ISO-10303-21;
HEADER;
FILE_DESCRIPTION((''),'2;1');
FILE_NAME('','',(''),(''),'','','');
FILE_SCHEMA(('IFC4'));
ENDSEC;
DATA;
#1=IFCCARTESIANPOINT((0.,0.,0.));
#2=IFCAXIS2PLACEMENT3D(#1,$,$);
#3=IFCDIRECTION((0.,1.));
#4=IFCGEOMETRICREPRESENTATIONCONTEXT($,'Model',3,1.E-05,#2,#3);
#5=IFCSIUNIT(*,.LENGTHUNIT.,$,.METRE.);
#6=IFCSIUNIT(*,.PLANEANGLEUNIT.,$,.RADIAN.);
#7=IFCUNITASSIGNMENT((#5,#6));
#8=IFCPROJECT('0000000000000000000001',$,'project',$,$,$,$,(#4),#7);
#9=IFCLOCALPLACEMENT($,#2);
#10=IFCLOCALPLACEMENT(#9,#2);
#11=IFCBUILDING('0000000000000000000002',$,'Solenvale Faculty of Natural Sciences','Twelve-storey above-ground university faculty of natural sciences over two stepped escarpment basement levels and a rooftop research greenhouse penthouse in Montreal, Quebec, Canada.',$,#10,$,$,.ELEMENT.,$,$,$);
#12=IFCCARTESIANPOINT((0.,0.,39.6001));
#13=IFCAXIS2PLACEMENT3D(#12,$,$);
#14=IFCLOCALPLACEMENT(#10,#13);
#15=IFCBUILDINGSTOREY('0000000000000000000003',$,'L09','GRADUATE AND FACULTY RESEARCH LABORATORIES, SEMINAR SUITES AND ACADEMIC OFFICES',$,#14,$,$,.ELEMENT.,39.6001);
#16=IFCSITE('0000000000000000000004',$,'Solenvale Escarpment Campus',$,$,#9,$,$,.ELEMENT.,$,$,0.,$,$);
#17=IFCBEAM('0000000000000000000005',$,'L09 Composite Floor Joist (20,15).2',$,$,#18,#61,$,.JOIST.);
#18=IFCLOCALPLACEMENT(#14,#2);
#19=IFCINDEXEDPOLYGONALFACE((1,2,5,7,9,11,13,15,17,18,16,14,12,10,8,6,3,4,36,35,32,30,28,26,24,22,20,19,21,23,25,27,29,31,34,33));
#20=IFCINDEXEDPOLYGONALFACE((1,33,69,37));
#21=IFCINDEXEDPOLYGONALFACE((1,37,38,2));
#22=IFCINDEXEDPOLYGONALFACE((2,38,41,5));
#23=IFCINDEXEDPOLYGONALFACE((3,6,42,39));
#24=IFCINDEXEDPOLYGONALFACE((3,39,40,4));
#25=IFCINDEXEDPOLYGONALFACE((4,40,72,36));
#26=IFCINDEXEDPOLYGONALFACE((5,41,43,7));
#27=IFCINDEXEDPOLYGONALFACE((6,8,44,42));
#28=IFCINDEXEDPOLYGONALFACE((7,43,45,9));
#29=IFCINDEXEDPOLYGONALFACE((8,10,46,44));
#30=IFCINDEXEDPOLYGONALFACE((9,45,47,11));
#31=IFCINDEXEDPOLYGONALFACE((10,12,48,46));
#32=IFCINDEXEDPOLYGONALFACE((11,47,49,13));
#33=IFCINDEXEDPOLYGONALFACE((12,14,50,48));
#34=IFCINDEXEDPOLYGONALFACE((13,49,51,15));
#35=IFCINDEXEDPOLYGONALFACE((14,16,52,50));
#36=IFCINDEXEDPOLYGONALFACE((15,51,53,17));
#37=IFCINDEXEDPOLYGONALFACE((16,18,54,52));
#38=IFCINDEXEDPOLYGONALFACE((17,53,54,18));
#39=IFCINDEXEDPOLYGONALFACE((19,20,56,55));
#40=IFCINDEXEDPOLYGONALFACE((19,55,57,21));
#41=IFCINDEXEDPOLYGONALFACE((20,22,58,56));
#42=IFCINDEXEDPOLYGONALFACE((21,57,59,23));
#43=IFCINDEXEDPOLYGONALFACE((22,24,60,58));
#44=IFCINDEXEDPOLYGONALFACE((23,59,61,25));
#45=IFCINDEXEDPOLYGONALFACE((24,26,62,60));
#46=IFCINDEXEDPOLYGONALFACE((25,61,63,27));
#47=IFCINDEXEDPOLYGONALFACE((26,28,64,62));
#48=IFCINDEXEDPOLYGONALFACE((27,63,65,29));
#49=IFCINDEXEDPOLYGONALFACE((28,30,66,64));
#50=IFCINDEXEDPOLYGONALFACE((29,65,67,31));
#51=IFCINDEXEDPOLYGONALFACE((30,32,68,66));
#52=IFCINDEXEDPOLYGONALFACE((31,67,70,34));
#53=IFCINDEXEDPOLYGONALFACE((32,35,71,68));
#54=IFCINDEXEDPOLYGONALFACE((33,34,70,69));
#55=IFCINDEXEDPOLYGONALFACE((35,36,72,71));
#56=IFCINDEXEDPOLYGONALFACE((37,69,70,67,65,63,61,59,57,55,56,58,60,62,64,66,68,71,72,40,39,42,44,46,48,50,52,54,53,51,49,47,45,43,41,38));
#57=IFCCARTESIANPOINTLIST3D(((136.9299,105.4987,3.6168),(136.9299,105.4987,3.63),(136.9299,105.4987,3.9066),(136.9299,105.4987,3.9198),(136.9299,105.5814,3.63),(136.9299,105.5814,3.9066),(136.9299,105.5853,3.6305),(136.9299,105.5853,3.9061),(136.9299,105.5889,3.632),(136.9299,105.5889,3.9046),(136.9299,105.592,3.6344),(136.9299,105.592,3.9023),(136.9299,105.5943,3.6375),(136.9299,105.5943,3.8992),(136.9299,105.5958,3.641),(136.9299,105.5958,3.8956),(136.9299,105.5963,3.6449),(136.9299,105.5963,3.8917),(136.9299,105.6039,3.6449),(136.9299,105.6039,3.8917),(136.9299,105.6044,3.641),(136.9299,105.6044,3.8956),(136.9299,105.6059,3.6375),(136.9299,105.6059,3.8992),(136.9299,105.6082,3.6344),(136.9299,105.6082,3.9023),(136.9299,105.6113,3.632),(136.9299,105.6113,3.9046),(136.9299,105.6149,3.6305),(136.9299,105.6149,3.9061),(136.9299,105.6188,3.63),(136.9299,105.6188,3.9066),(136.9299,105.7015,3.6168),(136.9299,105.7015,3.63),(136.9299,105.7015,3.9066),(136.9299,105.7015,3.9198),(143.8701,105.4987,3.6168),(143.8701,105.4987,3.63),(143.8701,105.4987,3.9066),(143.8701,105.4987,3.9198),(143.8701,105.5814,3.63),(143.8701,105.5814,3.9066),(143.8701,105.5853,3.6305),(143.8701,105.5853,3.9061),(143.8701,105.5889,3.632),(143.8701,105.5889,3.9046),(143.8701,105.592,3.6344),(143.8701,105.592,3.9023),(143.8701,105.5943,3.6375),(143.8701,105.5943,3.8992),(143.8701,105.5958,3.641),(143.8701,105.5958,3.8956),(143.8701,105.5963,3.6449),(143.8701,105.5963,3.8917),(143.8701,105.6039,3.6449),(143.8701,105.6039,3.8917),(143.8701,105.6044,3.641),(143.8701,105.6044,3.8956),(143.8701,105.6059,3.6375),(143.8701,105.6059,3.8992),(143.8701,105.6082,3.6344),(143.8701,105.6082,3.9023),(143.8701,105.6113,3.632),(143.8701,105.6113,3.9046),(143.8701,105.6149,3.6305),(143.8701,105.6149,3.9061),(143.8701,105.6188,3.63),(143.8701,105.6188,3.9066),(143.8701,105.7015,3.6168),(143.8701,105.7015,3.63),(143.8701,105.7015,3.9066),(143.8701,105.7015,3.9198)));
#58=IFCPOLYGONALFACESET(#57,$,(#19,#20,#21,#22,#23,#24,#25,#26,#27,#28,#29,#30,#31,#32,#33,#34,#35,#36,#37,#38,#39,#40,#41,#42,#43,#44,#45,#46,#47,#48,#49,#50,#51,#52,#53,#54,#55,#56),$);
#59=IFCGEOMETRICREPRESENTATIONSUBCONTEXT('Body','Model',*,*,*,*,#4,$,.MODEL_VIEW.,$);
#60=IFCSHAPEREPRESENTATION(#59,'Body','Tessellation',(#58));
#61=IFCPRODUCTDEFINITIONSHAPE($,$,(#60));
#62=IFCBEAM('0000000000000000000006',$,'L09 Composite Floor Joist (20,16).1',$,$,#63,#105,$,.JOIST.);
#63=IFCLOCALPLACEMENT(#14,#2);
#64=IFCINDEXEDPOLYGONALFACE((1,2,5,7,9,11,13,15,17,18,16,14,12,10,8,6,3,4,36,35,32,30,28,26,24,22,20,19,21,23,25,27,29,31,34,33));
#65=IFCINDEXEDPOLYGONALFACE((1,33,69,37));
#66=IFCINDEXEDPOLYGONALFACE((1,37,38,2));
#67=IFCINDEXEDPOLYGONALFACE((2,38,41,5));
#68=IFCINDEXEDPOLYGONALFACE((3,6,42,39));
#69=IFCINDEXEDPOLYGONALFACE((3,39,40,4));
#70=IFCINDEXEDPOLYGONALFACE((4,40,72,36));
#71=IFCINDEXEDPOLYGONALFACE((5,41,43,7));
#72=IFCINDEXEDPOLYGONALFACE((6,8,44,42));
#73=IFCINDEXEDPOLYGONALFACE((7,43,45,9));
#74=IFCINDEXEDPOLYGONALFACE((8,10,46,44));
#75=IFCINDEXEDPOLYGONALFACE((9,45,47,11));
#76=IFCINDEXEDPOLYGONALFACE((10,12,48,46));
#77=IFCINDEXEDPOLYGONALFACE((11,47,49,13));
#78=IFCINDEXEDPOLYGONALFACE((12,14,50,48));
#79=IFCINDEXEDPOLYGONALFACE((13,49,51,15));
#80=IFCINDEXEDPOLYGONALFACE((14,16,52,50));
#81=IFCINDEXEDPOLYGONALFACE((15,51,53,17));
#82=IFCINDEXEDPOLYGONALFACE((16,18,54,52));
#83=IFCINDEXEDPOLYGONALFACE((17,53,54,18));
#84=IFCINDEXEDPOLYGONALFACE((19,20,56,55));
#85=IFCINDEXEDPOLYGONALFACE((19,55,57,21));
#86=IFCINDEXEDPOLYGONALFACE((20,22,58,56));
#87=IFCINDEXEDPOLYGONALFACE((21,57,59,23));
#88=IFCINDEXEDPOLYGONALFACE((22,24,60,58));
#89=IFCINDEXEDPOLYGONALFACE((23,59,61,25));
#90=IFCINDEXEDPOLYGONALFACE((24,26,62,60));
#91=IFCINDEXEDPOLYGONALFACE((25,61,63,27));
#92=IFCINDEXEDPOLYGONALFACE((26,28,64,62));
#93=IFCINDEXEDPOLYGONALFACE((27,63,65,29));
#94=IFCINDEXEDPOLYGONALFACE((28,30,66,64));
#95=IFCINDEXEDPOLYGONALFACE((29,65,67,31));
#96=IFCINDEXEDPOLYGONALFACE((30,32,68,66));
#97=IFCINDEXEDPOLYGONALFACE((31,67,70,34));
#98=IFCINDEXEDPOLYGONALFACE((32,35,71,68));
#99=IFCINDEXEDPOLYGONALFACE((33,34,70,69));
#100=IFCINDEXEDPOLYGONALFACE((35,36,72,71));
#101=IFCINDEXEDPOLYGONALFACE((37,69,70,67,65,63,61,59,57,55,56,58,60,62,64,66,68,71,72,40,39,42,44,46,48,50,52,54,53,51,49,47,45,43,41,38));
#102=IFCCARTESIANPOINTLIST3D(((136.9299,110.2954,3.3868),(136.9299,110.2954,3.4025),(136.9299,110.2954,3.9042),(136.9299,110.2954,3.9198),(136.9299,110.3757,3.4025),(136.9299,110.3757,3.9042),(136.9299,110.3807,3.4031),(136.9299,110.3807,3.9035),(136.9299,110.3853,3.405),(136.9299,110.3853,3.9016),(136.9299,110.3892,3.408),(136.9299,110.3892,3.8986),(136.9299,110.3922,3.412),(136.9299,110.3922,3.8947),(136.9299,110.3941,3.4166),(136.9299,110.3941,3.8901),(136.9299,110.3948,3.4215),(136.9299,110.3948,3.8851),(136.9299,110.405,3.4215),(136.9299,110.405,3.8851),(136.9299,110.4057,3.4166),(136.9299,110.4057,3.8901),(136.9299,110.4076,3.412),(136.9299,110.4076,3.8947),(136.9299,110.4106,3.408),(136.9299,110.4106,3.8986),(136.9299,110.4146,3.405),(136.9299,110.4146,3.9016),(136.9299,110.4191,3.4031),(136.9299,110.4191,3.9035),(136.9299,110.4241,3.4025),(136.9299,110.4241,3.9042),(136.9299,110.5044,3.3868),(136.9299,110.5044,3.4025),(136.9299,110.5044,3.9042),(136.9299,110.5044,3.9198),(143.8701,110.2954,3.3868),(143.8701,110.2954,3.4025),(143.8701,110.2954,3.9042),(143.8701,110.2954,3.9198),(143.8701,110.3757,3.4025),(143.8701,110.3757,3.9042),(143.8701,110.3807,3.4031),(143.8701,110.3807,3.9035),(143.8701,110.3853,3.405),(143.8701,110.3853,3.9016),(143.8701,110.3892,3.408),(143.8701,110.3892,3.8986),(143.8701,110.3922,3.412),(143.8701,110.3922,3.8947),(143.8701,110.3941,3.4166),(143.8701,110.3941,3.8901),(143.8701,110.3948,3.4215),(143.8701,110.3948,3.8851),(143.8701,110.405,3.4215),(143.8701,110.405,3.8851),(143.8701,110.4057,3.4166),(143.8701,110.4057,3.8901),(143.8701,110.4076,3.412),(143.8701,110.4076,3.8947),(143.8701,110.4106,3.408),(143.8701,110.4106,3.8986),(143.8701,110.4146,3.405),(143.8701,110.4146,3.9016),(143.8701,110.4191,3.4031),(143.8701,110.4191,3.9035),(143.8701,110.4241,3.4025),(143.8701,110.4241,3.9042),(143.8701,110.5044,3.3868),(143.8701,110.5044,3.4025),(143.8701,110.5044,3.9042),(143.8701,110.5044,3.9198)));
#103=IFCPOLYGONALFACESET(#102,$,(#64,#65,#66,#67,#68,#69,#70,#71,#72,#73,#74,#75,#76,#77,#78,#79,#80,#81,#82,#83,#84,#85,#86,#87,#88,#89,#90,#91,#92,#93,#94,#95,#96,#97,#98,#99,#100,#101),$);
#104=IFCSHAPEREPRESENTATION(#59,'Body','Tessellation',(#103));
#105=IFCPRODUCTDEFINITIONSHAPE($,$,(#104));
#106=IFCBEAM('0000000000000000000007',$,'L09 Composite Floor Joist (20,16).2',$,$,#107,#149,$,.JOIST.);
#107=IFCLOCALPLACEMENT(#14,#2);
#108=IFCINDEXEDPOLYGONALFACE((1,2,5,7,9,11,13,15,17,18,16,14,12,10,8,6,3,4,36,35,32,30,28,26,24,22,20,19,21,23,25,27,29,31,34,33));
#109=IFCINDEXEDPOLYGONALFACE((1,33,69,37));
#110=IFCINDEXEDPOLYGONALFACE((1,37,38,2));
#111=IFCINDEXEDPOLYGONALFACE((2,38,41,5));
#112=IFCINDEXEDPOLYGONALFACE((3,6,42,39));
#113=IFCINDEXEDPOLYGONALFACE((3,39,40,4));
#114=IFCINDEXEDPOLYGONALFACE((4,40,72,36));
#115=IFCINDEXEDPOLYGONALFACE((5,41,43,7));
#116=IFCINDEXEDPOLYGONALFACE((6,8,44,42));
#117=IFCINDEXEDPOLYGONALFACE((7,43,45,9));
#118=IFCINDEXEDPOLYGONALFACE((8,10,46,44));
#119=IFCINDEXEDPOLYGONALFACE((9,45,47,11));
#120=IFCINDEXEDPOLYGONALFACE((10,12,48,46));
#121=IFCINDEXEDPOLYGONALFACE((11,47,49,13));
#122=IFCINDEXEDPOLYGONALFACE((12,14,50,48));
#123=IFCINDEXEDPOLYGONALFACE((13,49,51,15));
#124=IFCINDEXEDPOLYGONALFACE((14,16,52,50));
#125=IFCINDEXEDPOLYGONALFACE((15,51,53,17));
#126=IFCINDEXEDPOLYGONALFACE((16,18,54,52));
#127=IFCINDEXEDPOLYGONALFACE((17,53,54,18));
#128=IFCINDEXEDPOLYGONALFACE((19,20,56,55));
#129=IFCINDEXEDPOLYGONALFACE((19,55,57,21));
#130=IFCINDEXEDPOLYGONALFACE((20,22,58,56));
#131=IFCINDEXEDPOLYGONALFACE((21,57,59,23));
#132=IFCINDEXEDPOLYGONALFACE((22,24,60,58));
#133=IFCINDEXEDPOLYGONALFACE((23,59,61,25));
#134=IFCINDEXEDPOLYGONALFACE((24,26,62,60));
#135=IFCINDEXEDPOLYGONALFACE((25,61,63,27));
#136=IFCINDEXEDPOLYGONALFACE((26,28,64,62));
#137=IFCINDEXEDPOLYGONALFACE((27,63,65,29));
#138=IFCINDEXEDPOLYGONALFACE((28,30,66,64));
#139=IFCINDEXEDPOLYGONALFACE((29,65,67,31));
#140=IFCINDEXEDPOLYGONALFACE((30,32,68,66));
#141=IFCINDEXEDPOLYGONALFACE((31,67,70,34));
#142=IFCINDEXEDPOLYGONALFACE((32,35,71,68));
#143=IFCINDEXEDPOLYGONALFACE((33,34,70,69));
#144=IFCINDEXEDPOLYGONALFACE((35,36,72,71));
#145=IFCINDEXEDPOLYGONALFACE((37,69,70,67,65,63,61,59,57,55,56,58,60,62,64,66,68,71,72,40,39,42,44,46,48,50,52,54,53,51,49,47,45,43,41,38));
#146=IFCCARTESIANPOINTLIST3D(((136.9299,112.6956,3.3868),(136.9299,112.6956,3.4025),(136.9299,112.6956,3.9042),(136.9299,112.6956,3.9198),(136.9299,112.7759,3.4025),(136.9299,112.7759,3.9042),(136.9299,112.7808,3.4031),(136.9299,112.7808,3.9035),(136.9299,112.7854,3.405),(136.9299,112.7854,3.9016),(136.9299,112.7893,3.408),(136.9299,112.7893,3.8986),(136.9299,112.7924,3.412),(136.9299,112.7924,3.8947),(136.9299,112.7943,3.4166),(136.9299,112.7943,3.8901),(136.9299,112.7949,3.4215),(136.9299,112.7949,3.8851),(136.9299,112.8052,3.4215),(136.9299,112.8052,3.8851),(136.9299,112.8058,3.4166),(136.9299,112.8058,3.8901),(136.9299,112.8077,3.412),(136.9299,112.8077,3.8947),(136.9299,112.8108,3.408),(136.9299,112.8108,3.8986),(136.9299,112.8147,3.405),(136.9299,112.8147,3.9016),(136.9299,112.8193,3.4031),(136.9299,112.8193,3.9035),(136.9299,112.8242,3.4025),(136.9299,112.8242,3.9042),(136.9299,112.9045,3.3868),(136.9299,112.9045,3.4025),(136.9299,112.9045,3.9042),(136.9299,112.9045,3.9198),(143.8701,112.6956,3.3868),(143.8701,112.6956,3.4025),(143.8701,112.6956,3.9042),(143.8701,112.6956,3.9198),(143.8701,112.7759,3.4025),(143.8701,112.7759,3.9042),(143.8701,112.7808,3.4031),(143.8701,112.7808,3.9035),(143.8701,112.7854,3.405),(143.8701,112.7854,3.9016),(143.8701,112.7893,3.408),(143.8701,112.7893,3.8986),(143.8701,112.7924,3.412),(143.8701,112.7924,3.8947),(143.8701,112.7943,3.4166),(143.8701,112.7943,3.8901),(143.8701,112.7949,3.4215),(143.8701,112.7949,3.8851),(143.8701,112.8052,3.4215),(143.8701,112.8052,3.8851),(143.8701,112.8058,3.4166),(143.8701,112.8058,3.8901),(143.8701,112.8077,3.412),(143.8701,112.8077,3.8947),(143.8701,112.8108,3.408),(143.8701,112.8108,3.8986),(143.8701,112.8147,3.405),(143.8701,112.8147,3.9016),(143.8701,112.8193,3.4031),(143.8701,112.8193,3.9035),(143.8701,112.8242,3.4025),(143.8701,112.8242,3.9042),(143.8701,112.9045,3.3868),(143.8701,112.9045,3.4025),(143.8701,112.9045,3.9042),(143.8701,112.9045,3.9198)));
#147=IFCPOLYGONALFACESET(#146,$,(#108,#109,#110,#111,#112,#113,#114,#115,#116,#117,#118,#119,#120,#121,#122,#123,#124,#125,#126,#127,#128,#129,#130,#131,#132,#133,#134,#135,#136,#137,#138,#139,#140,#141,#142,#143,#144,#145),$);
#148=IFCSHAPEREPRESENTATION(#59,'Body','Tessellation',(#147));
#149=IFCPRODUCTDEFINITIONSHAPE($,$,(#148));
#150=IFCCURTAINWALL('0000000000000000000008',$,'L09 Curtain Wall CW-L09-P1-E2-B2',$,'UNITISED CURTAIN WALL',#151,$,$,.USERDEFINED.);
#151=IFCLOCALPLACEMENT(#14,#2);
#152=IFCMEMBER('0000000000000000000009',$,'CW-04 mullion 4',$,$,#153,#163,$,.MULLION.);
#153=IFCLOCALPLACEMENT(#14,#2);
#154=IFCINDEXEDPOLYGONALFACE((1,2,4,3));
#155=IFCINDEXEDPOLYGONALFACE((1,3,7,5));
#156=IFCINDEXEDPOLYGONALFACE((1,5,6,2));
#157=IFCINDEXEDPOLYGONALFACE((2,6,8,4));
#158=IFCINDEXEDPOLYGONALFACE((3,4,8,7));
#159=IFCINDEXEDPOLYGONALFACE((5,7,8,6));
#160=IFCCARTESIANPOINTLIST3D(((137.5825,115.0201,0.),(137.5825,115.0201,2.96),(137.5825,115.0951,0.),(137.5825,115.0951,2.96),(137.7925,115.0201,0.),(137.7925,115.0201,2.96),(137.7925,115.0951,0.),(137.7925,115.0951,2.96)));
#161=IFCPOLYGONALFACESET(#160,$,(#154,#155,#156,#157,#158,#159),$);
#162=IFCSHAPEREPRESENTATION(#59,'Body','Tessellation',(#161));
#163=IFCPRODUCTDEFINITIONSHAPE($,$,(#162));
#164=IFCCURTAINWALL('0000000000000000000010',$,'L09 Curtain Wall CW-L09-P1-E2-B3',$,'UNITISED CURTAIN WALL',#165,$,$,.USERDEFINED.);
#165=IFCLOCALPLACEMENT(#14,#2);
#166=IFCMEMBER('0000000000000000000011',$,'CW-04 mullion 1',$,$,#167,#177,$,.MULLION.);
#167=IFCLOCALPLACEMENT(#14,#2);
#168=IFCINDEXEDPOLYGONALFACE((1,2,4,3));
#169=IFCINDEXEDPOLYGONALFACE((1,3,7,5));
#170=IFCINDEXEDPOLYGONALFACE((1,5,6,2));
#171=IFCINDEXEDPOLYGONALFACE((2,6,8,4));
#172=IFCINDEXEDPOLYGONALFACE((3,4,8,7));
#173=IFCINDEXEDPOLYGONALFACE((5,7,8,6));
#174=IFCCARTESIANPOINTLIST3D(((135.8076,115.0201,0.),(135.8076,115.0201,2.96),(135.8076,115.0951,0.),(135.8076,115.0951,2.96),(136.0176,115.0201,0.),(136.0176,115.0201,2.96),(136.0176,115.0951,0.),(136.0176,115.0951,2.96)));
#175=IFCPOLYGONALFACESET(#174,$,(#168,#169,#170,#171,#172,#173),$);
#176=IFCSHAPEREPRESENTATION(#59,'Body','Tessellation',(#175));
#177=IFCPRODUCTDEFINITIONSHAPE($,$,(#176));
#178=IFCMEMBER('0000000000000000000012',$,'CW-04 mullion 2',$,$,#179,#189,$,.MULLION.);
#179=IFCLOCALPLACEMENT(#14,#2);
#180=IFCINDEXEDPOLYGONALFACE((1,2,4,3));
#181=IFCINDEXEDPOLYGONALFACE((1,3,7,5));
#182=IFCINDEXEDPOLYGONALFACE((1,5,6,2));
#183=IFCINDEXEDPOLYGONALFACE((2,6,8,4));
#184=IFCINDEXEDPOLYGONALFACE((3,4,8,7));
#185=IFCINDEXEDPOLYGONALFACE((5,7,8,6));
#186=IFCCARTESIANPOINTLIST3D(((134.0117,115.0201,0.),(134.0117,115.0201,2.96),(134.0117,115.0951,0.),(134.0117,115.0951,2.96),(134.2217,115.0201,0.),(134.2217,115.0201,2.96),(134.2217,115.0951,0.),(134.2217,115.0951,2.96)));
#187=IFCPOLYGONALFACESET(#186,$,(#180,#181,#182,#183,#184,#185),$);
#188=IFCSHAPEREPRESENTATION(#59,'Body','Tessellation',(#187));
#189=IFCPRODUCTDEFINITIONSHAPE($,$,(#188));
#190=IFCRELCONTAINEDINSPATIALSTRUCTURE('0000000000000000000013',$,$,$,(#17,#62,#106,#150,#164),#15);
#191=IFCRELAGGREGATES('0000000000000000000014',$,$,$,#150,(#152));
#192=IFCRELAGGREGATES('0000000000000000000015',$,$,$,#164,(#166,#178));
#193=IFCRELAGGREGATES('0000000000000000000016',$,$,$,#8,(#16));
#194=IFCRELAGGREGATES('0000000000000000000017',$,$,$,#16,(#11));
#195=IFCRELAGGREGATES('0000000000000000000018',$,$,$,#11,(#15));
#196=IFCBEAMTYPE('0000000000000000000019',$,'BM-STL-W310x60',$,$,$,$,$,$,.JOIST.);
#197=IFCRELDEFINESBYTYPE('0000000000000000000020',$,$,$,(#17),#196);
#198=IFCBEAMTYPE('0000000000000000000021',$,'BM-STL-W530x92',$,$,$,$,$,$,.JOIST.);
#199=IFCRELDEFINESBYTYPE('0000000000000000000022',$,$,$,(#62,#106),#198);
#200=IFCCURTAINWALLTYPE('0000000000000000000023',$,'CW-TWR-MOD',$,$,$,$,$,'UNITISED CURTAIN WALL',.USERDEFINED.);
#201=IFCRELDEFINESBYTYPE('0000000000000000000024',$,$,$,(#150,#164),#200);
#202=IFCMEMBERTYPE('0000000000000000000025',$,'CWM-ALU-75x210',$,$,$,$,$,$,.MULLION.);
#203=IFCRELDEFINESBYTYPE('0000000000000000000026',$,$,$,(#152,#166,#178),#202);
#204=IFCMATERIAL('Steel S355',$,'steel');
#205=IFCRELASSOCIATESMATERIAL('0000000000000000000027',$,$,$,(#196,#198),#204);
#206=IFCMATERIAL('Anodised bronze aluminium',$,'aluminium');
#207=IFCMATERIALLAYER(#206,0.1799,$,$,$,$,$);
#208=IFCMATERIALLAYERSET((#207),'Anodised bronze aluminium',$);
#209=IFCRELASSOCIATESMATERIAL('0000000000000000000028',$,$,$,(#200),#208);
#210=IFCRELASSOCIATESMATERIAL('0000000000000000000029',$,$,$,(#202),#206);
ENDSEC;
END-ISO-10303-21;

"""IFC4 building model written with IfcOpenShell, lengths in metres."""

from ifc_helpers import new_model, si_unit, direction, frame, origin, origin_2d, place, context, subcontext, project, spatial, rectangle, i_section, extrude, material, layer, layer_set, material_profile, profile_set, type_object, element, aggregate, save


model = new_model("IFC4")

# Units and contexts
model_context = context("Model", 3, precision=1e-05, world=origin(), true_north=direction((0.0, 1.0)))
body_context = subcontext(model_context, "Body", "Model", "MODEL_VIEW")
ifc_project = project(units=[si_unit("LENGTHUNIT", "METRE"), si_unit("PLANEANGLEUNIT", "RADIAN")], contexts=[model_context])

# Site, building, storey
site_placement = place(None, origin())
site = spatial("IfcSite", under=ifc_project, at=site_placement, Name="Solenvale Escarpment Campus", CompositionType="ELEMENT", RefElevation=0.0)
building_placement = place(site_placement, origin())
building = spatial("IfcBuilding", under=site, at=building_placement, Name="Solenvale Faculty of Natural Sciences", Description="Twelve-storey above-ground university faculty of natural sciences over two stepped escarpment basement levels and a rooftop research greenhouse penthouse in Montreal, Quebec, Canada.", CompositionType="ELEMENT")
storey_placement = place(building_placement, frame((0.0, 0.0, 39.6001)))
storey = spatial("IfcBuildingStorey", under=building, at=storey_placement, Name="L09", Description="GRADUATE AND FACULTY RESEARCH LABORATORIES, SEMINAR SUITES AND ACADEMIC OFFICES", CompositionType="ELEMENT", Elevation=39.6001)

# Beams
ifc_material_1 = material(Name="Steel S355", Category="steel")
ifc_material_profile_1 = material_profile(ifc_material_1, i_section(OverallWidth=0.2029, OverallDepth=0.303, WebThickness=0.0076, FlangeThickness=0.0132, FilletRadius=0.0149, at=origin_2d()), Name="W310x60")
ifc_profile_set_1 = profile_set([ifc_material_profile_1], Name="Steel S355")
beam_type_1 = type_object("IfcBeamType", Name="BM-STL-W310x60", PredefinedType="JOIST", material=ifc_profile_set_1)
for number, where, z_axis, x_axis, name in (
    (1, (136.9299, 105.6001, 3.7683), (1.0, 0.0, 0.0), (0.0, 1.0, 0.0), "L09 Composite Floor Joist (20,15).2"),
):
    element("IfcBeam", number, at=place(storey_placement, frame(where, z_axis=z_axis, x_axis=x_axis)), inside=storey, type_object=beam_type_1, Name=name, PredefinedType="JOIST", context=body_context, shape_type="SweptSolid", body=[
        extrude(i_section(OverallWidth=0.2029, OverallDepth=0.303, WebThickness=0.0076, FlangeThickness=0.0132, FilletRadius=0.0149, at=origin_2d()), origin(), (0.0, 0.0, 1.0), 6.9402),
    ])
ifc_material_profile_2 = material_profile(ifc_material_1, i_section(OverallWidth=0.209, OverallDepth=0.533, WebThickness=0.0103, FlangeThickness=0.0156, FilletRadius=0.019, at=origin_2d()), Name="W530x92")
ifc_profile_set_2 = profile_set([ifc_material_profile_2], Name="Steel S355")
beam_type_2 = type_object("IfcBeamType", Name="BM-STL-W530x92", PredefinedType="JOIST", material=ifc_profile_set_2)
for number, where, z_axis, x_axis, name in (
    (2, (136.9299, 110.3999, 3.6533), (1.0, 0.0, 0.0), (0.0, 1.0, 0.0), "L09 Composite Floor Joist (20,16).1"),
    (3, (136.9299, 112.8, 3.6533), (1.0, 0.0, 0.0), (0.0, 1.0, 0.0), "L09 Composite Floor Joist (20,16).2"),
):
    element("IfcBeam", number, at=place(storey_placement, frame(where, z_axis=z_axis, x_axis=x_axis)), inside=storey, type_object=beam_type_2, Name=name, PredefinedType="JOIST", context=body_context, shape_type="SweptSolid", body=[
        extrude(i_section(OverallWidth=0.209, OverallDepth=0.533, WebThickness=0.0103, FlangeThickness=0.0156, FilletRadius=0.019, at=origin_2d()), origin(), (0.0, 0.0, 1.0), 6.9402),
    ])

# Curtain wall, member
ifc_material_2 = material(Name="Anodised bronze aluminium", Category="aluminium")
ifc_layer_1 = layer(ifc_material_2, 0.1799)
ifc_layer_set_1 = layer_set([ifc_layer_1], Name="Anodised bronze aluminium")
curtain_wall_type = type_object("IfcCurtainWallType", Name="CW-TWR-MOD", ElementType="UNITISED CURTAIN WALL", PredefinedType="USERDEFINED", material=ifc_layer_set_1)
curtain_wall_1_placement = place(storey_placement, origin())
curtain_wall_1 = element("IfcCurtainWall", 4, at=curtain_wall_1_placement, inside=storey, type_object=curtain_wall_type, Name="L09 Curtain Wall CW-L09-P1-E2-B2", ObjectType="UNITISED CURTAIN WALL", PredefinedType="USERDEFINED")
ifc_material_profile_3 = material_profile(ifc_material_2, rectangle(XDim=0.075, YDim=0.21, at=origin_2d()), Name="ALU-MUL-75x210")
ifc_profile_set_3 = profile_set([ifc_material_profile_3], Name="Anodised bronze aluminium")
member_type_1 = type_object("IfcMemberType", Name="CWM-ALU-75x210", PredefinedType="MULLION", material=ifc_profile_set_3)
member_1_placement = place(storey_placement, frame((137.6875, 115.0576, 0.0), z_axis=(0.0, 0.0, 1.0), x_axis=(0.0, -1.0, 0.0)))
member_1 = element("IfcMember", 5, at=member_1_placement, type_object=member_type_1, Name="CW-04 mullion 4", PredefinedType="MULLION", context=body_context, shape_type="SweptSolid", body=[
    extrude(rectangle(XDim=0.075, YDim=0.21, at=origin_2d()), origin(), (0.0, 0.0, 1.0), 2.96),
])
aggregate(curtain_wall_1, [member_1])

# Curtain wall, members
curtain_wall_2_placement = place(storey_placement, origin())
curtain_wall_2 = element("IfcCurtainWall", 6, at=curtain_wall_2_placement, inside=storey, type_object=curtain_wall_type, Name="L09 Curtain Wall CW-L09-P1-E2-B3", ObjectType="UNITISED CURTAIN WALL", PredefinedType="USERDEFINED")
member_2_placement = place(storey_placement, frame((135.9126, 115.0576, 0.0), z_axis=(0.0, 0.0, 1.0), x_axis=(0.0, -1.0, 0.0)))
member_2 = element("IfcMember", 7, at=member_2_placement, type_object=member_type_1, Name="CW-04 mullion 1", PredefinedType="MULLION", context=body_context, shape_type="SweptSolid", body=[
    extrude(rectangle(XDim=0.075, YDim=0.21, at=origin_2d()), origin(), (0.0, 0.0, 1.0), 2.96),
])
member_3_placement = place(storey_placement, frame((134.1167, 115.0576, 0.0), z_axis=(0.0, 0.0, 1.0), x_axis=(0.0, -1.0, 0.0)))
member_3 = element("IfcMember", 8, at=member_3_placement, type_object=member_type_1, Name="CW-04 mullion 2", PredefinedType="MULLION", context=body_context, shape_type="SweptSolid", body=[
    extrude(rectangle(XDim=0.075, YDim=0.21, at=origin_2d()), origin(), (0.0, 0.0, 1.0), 2.96),
])
aggregate(curtain_wall_2, [member_2, member_3])

save(model, "model.ifc")
